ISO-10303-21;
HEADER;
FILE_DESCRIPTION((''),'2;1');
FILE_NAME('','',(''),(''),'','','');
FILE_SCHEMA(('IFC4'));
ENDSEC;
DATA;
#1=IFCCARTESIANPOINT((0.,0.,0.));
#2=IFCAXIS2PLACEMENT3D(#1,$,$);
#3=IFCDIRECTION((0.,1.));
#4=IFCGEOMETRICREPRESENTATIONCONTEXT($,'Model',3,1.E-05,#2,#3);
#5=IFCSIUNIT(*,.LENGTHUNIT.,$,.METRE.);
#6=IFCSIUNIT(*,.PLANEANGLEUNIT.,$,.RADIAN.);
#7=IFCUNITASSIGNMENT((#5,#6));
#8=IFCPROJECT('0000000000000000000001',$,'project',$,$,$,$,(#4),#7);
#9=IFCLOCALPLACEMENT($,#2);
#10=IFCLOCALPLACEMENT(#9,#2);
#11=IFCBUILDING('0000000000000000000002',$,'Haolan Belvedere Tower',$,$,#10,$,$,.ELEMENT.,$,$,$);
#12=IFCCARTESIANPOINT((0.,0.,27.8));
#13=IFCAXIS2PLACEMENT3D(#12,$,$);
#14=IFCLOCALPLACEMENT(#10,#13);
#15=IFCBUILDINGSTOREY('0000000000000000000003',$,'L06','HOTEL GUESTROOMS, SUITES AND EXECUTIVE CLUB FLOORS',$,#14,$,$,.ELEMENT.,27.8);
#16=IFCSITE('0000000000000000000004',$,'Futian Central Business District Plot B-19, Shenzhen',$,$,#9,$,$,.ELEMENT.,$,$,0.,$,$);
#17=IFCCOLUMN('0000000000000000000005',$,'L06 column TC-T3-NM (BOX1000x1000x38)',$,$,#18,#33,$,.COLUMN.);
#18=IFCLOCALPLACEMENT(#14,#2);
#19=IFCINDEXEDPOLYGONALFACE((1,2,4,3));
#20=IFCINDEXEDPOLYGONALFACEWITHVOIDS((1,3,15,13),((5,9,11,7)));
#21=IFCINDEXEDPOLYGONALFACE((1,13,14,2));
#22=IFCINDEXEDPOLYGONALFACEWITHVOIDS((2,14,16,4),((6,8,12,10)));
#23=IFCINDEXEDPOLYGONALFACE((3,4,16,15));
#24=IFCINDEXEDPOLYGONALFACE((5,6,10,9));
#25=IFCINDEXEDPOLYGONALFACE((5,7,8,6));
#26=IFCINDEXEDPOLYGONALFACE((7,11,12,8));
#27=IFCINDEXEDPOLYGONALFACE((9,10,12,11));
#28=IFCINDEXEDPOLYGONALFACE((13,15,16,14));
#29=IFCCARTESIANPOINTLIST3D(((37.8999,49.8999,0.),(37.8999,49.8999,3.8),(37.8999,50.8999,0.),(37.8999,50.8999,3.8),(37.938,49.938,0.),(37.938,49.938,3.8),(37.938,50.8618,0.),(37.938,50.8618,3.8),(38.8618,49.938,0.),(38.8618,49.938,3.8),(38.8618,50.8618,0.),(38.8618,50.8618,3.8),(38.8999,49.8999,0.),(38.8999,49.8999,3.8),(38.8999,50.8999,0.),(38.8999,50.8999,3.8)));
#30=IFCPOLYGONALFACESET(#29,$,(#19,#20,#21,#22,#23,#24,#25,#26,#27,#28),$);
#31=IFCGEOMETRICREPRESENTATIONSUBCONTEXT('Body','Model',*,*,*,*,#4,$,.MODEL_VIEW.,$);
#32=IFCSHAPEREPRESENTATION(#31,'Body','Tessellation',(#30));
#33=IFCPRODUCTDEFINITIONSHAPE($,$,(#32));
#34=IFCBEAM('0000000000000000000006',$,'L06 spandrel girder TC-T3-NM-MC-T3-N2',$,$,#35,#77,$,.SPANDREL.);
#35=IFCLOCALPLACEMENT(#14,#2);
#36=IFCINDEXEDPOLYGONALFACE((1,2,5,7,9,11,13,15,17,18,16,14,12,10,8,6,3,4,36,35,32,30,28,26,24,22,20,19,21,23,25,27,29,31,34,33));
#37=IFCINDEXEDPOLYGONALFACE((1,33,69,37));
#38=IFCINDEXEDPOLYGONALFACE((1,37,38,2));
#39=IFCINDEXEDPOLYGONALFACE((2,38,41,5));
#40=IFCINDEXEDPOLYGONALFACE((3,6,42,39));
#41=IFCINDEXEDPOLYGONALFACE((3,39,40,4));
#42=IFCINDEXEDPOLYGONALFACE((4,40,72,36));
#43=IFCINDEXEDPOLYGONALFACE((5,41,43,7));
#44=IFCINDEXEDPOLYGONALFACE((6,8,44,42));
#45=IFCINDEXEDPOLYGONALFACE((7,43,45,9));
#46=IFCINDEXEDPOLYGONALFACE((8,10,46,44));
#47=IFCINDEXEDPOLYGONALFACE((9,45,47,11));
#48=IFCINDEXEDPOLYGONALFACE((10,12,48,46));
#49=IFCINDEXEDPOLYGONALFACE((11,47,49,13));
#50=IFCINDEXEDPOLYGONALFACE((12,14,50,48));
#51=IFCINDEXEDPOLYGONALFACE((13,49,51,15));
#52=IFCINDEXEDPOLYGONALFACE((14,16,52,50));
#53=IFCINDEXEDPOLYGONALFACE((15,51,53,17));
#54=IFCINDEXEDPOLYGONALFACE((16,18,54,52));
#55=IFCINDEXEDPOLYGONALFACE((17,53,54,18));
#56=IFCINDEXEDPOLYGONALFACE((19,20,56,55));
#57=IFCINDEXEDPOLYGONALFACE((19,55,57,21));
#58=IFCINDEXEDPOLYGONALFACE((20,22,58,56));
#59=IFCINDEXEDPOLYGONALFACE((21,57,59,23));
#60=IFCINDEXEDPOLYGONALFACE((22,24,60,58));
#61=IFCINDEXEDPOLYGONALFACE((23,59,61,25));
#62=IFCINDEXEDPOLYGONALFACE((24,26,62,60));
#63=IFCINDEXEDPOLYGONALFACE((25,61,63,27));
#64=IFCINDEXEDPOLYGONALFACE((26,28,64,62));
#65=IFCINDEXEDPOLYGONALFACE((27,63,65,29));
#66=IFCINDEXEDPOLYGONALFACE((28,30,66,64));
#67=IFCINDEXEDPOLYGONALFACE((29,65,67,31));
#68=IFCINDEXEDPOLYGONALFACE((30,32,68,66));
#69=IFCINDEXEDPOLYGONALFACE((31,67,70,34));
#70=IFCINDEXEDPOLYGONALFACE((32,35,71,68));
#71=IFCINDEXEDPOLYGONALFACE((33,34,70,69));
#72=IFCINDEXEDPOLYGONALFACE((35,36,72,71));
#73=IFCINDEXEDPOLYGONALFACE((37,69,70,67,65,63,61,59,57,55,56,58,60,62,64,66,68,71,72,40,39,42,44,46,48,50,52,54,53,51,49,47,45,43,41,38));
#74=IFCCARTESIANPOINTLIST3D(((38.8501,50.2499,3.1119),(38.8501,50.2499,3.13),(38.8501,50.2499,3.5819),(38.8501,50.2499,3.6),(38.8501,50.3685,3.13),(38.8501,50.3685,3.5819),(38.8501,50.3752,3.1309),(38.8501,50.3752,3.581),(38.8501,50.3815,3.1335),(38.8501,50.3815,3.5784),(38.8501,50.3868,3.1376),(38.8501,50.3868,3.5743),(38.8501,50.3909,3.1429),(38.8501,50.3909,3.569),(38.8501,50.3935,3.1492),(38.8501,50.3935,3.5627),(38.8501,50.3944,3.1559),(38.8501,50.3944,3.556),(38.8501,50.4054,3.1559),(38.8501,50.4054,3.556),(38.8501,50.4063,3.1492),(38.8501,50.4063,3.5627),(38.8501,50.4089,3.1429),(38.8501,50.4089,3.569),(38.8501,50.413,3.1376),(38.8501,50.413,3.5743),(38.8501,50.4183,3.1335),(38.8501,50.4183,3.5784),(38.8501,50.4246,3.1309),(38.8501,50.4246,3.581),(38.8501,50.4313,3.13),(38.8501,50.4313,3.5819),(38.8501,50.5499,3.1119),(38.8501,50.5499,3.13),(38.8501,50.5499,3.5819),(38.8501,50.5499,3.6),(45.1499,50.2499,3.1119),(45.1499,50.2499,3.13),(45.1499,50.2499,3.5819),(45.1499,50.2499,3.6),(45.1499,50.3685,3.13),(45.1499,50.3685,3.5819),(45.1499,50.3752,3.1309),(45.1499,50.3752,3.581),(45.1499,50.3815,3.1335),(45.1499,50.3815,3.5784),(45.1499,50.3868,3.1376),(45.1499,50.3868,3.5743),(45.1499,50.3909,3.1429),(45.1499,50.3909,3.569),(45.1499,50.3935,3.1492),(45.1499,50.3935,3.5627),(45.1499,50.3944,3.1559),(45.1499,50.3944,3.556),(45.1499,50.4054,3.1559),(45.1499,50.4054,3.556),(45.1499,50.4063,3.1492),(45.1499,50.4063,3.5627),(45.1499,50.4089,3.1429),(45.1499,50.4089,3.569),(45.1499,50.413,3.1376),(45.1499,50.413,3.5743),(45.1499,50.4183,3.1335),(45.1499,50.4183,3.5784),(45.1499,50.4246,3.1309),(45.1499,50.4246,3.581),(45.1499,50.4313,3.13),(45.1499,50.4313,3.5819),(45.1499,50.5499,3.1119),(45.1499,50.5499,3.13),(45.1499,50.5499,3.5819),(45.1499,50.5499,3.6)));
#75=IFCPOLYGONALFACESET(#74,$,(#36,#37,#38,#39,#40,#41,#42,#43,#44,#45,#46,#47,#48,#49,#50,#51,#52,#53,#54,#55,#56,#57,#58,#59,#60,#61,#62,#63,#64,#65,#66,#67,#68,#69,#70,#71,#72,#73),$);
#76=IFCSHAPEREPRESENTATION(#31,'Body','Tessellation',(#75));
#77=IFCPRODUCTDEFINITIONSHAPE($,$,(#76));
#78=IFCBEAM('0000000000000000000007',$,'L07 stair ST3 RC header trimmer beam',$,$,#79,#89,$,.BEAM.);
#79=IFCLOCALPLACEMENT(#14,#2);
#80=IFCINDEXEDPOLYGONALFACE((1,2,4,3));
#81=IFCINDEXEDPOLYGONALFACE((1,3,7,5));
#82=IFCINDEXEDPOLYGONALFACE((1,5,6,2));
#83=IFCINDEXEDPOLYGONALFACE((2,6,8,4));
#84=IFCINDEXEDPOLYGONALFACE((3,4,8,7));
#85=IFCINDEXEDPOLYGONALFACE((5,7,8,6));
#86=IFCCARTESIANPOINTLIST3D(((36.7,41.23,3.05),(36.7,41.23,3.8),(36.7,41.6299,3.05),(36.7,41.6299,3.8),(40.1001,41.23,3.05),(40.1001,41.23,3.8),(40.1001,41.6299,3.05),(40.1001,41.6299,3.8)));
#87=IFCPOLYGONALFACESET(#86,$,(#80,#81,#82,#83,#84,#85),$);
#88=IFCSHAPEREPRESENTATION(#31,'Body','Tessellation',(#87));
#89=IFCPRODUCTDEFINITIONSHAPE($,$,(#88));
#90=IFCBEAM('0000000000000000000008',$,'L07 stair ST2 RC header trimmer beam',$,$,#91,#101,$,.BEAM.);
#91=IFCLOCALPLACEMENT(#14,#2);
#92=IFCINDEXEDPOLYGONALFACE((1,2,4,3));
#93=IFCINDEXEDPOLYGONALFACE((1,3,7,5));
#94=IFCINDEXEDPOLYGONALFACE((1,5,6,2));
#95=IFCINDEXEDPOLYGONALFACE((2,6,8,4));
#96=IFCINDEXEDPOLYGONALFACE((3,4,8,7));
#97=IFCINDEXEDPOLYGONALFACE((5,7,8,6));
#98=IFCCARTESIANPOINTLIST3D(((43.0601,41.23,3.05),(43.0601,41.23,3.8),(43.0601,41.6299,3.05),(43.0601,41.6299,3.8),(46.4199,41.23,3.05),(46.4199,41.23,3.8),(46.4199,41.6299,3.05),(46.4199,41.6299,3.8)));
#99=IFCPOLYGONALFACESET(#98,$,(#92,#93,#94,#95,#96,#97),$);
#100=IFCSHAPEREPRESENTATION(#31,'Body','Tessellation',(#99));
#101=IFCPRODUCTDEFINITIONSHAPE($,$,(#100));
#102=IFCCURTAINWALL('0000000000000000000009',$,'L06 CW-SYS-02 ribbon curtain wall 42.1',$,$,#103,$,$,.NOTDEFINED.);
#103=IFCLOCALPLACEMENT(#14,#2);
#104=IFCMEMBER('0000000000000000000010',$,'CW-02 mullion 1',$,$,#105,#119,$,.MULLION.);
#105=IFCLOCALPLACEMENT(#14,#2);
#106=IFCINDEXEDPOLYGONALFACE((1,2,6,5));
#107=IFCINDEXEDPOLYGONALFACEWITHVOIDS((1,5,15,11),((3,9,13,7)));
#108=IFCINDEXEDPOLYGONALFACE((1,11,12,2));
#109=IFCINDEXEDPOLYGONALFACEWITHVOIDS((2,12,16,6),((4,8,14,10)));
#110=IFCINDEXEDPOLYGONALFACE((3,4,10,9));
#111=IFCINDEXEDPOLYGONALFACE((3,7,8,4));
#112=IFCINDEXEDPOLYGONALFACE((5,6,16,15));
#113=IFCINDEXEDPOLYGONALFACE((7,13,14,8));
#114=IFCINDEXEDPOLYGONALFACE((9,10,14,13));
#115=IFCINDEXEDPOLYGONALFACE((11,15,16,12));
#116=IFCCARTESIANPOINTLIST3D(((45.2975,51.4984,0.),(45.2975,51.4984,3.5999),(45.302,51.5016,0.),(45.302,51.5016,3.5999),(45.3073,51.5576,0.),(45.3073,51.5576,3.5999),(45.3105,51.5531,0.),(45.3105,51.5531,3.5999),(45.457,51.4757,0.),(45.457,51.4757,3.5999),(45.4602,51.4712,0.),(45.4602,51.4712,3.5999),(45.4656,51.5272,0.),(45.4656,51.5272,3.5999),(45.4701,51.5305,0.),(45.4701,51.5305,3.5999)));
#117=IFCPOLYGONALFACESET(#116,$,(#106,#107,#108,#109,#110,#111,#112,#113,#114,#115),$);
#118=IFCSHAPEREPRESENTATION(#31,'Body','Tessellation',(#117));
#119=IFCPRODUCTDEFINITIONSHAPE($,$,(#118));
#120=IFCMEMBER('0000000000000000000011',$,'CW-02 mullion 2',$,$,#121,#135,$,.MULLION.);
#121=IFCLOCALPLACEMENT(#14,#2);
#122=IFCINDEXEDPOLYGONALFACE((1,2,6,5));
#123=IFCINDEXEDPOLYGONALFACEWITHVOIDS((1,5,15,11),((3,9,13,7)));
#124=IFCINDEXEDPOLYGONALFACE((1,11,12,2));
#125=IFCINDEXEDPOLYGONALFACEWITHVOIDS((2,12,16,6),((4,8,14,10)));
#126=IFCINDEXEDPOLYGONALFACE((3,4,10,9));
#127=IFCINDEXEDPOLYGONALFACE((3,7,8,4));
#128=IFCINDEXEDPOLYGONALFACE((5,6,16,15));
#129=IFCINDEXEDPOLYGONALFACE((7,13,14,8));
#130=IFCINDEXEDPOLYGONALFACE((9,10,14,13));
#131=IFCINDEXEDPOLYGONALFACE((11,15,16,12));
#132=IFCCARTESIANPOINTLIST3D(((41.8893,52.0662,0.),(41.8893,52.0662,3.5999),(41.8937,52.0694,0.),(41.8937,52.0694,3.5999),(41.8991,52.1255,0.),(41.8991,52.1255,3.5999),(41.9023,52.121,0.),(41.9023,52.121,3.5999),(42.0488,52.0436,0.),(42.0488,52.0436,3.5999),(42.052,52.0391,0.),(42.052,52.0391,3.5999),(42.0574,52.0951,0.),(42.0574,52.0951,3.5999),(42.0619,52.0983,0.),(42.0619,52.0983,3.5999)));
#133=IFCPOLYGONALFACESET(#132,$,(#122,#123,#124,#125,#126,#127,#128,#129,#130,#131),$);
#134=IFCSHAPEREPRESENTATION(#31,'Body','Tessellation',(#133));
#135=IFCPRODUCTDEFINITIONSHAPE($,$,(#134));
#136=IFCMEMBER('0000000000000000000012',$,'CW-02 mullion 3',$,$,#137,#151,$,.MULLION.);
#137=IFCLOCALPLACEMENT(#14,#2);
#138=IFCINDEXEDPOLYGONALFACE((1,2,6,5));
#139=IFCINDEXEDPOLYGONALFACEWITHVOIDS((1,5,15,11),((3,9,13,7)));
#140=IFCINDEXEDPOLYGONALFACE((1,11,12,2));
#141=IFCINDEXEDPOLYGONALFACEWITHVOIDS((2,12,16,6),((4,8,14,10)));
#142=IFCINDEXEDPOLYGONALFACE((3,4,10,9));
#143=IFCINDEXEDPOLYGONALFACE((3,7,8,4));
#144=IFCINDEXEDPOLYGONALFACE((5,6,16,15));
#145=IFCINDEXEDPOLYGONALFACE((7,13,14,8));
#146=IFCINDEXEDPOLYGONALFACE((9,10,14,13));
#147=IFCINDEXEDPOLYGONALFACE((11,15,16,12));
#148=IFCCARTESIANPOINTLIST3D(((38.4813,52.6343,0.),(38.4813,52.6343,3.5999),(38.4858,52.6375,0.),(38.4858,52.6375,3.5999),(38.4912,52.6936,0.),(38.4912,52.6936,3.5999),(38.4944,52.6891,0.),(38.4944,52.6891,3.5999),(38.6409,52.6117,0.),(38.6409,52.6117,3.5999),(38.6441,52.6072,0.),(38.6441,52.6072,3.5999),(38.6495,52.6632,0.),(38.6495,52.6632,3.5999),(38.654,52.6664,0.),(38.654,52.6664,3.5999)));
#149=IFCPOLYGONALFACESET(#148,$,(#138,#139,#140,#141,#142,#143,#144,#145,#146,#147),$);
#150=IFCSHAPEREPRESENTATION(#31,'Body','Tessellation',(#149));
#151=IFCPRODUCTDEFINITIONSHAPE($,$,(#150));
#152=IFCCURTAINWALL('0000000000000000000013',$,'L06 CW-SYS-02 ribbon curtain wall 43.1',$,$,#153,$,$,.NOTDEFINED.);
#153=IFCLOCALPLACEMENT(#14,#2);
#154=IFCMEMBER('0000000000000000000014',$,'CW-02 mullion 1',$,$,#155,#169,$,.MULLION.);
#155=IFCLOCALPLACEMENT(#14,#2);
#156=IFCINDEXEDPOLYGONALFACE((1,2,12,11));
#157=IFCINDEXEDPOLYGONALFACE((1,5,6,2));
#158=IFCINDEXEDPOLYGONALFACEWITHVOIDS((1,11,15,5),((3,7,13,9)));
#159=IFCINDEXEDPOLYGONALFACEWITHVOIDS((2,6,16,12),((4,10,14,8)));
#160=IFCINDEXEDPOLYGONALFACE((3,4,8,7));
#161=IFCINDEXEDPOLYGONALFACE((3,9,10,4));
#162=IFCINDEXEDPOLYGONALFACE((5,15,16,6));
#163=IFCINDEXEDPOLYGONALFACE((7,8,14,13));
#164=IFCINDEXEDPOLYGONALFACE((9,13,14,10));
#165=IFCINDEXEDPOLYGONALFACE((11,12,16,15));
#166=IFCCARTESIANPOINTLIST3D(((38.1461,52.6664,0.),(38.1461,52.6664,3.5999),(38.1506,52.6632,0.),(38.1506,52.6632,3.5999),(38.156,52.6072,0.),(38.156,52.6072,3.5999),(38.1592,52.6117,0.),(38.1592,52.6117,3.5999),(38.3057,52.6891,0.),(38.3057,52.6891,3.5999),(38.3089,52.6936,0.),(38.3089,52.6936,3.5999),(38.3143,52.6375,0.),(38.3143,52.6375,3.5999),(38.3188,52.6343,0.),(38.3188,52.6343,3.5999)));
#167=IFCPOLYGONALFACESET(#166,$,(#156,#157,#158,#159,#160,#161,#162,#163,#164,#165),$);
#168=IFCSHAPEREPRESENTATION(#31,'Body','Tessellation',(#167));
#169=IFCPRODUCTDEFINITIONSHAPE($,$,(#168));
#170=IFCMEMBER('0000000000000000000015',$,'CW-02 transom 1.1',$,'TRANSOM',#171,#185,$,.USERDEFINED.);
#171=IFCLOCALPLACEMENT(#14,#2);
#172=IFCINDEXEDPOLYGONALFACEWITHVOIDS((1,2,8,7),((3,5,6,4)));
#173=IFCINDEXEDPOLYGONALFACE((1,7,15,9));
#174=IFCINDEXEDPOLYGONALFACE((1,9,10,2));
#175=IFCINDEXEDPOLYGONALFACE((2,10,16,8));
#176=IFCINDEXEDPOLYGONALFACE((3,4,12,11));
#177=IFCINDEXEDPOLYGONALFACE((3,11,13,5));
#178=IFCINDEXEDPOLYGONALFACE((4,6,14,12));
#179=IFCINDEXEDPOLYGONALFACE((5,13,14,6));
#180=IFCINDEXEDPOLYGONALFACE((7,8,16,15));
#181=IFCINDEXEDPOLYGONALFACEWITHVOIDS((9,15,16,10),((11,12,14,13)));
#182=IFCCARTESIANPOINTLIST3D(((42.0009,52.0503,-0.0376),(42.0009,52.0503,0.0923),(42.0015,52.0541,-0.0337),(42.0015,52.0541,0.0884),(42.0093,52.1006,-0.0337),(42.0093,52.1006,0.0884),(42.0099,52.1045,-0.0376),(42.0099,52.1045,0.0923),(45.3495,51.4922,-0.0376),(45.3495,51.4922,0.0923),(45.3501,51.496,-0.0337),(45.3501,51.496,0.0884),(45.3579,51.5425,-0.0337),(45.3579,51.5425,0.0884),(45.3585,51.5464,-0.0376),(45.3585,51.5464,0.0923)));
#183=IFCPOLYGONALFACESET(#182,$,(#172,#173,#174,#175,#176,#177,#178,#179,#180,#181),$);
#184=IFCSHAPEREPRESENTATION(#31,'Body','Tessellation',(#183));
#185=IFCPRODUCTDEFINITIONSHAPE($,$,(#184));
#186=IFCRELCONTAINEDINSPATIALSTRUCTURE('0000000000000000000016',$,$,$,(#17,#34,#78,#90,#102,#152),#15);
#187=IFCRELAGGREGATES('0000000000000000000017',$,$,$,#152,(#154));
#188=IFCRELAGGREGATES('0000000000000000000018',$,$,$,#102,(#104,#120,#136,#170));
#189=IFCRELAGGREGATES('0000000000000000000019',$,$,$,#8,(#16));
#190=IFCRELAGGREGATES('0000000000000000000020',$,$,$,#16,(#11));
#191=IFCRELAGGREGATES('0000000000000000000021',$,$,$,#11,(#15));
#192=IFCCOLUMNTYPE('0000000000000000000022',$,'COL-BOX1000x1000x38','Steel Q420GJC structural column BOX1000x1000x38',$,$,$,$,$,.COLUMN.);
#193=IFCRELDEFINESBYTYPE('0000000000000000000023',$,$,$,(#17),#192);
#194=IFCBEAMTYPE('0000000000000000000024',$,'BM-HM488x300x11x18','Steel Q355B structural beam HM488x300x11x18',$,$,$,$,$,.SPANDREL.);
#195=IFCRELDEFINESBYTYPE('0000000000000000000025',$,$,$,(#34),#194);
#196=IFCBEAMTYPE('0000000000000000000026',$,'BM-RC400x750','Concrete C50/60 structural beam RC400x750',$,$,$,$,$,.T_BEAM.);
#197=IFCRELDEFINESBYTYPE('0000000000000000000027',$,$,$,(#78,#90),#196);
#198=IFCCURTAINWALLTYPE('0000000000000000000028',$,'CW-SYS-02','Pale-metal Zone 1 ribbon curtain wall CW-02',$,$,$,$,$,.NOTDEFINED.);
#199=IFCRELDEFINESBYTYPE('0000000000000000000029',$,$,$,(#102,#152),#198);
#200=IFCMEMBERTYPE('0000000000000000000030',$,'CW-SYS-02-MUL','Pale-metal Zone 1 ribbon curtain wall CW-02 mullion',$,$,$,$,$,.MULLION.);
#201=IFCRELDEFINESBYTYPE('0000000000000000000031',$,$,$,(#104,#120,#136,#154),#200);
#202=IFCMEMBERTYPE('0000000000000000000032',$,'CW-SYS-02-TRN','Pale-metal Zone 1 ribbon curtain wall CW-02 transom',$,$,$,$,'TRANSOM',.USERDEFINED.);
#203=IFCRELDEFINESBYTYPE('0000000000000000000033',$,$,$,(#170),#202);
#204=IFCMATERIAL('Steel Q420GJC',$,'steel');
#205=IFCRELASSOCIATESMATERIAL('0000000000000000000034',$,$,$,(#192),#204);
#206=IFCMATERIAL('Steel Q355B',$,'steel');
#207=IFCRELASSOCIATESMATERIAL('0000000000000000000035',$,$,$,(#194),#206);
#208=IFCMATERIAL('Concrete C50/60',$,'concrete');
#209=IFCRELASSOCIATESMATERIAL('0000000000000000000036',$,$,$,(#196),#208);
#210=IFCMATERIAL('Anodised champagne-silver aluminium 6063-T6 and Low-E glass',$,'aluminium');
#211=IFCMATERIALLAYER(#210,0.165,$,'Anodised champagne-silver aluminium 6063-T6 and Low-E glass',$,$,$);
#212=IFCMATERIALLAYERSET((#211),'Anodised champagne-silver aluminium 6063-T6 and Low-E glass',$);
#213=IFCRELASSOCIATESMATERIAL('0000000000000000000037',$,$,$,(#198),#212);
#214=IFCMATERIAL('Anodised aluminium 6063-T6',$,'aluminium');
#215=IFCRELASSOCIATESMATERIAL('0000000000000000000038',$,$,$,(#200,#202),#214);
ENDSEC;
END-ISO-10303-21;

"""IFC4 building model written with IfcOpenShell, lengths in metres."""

from ifc_helpers import new_model, si_unit, direction, frame, origin, origin_2d, place, context, subcontext, project, spatial, rectangle, hollow_rectangle, i_section, extrude, material, layer, layer_set, material_profile, profile_set, type_object, element, aggregate, save


model = new_model("IFC4")

# Units and contexts
model_context = context("Model", 3, precision=1e-05, world=origin(), true_north=direction((0.0, 1.0)))
body_context = subcontext(model_context, "Body", "Model", "MODEL_VIEW")
ifc_project = project(units=[si_unit("LENGTHUNIT", "METRE"), si_unit("PLANEANGLEUNIT", "RADIAN")], contexts=[model_context])

# Site, building, storey
site_placement = place(None, origin())
site = spatial("IfcSite", under=ifc_project, at=site_placement, Name="Futian Central Business District Plot B-19, Shenzhen", CompositionType="ELEMENT", RefElevation=0.0)
building_placement = place(site_placement, origin())
building = spatial("IfcBuilding", under=site, at=building_placement, Name="Haolan Belvedere Tower", CompositionType="ELEMENT")
storey_placement = place(building_placement, frame((0.0, 0.0, 27.8)))
storey = spatial("IfcBuildingStorey", under=building, at=storey_placement, Name="L06", Description="HOTEL GUESTROOMS, SUITES AND EXECUTIVE CLUB FLOORS", CompositionType="ELEMENT", Elevation=27.8)

# Column
ifc_material_1 = material(Name="Steel Q420GJC", Category="steel")
ifc_material_profile_1 = material_profile(ifc_material_1, hollow_rectangle(XDim=1.0, YDim=1.0, WallThickness=0.0381, at=origin_2d()), Name="Steel Q420GJC")
ifc_profile_set_1 = profile_set([ifc_material_profile_1], Name="Steel Q420GJC")
column_type = type_object("IfcColumnType", Name="COL-BOX1000x1000x38", Description="Steel Q420GJC structural column BOX1000x1000x38", PredefinedType="COLUMN", material=ifc_profile_set_1)
column_placement = place(storey_placement, frame((38.3999, 50.3999, 0.0), z_axis=(0.0, 0.0, 1.0), x_axis=(1.0, 0.0, 0.0)))
element("IfcColumn", 1, at=column_placement, inside=storey, type_object=column_type, Name="L06 column TC-T3-NM (BOX1000x1000x38)", PredefinedType="COLUMN", context=body_context, shape_type="SweptSolid", body=[
    extrude(hollow_rectangle(XDim=1.0, YDim=1.0, WallThickness=0.0381, at=origin_2d()), origin(), (0.0, 0.0, 1.0), 3.8),
])

# Beams
ifc_material_2 = material(Name="Steel Q355B", Category="steel")
ifc_material_profile_2 = material_profile(ifc_material_2, i_section(OverallWidth=0.3, OverallDepth=0.488, WebThickness=0.011, FlangeThickness=0.0181, FilletRadius=0.0259, at=origin_2d()), Name="Steel Q355B")
ifc_profile_set_2 = profile_set([ifc_material_profile_2], Name="Steel Q355B")
beam_type_1 = type_object("IfcBeamType", Name="BM-HM488x300x11x18", Description="Steel Q355B structural beam HM488x300x11x18", PredefinedType="SPANDREL", material=ifc_profile_set_2)
beam_1_placement = place(storey_placement, frame((38.8501, 50.3999, 3.356), z_axis=(1.0, 0.0, 0.0), x_axis=(0.0, 1.0, 0.0)))
element("IfcBeam", 2, at=beam_1_placement, inside=storey, type_object=beam_type_1, Name="L06 spandrel girder TC-T3-NM-MC-T3-N2", PredefinedType="SPANDREL", context=body_context, shape_type="SweptSolid", body=[
    extrude(i_section(OverallWidth=0.3, OverallDepth=0.488, WebThickness=0.011, FlangeThickness=0.0181, FilletRadius=0.0259, at=origin_2d()), origin(), (0.0, 0.0, 1.0), 6.2998),
])
ifc_material_3 = material(Name="Concrete C50/60", Category="concrete")
ifc_material_profile_3 = material_profile(ifc_material_3, rectangle(XDim=0.3999, YDim=0.75, at=origin_2d()), Name="Concrete C50/60")
ifc_profile_set_3 = profile_set([ifc_material_profile_3], Name="Concrete C50/60")
beam_type_2 = type_object("IfcBeamType", Name="BM-RC400x750", Description="Concrete C50/60 structural beam RC400x750", PredefinedType="T_BEAM", material=ifc_profile_set_3)
beam_2_placement = place(storey_placement, frame((36.7, 41.4299, 3.425), z_axis=(1.0, 0.0, 0.0), x_axis=(0.0, 1.0, 0.0)))
element("IfcBeam", 3, at=beam_2_placement, inside=storey, type_object=beam_type_2, Name="L07 stair ST3 RC header trimmer beam", PredefinedType="BEAM", context=body_context, shape_type="SweptSolid", body=[
    extrude(rectangle(XDim=0.3999, YDim=0.75, at=origin_2d()), origin(), (0.0, 0.0, 1.0), 3.4001),
])
beam_3_placement = place(storey_placement, frame((43.0601, 41.4299, 3.425), z_axis=(1.0, 0.0, 0.0), x_axis=(0.0, 1.0, 0.0)))
element("IfcBeam", 4, at=beam_3_placement, inside=storey, type_object=beam_type_2, Name="L07 stair ST2 RC header trimmer beam", PredefinedType="BEAM", context=body_context, shape_type="SweptSolid", body=[
    extrude(rectangle(XDim=0.3999, YDim=0.75, at=origin_2d()), origin(), (0.0, 0.0, 1.0), 3.3599),
])

# Curtain wall, members
ifc_material_4 = material(Name="Anodised champagne-silver aluminium 6063-T6 and Low-E glass", Category="aluminium")
ifc_layer_1 = layer(ifc_material_4, 0.165, Name="Anodised champagne-silver aluminium 6063-T6 and Low-E glass")
ifc_layer_set_1 = layer_set([ifc_layer_1], Name="Anodised champagne-silver aluminium 6063-T6 and Low-E glass")
curtain_wall_type = type_object("IfcCurtainWallType", Name="CW-SYS-02", Description="Pale-metal Zone 1 ribbon curtain wall CW-02", PredefinedType="NOTDEFINED", material=ifc_layer_set_1)
curtain_wall_1_placement = place(storey_placement, origin())
curtain_wall_1 = element("IfcCurtainWall", 5, at=curtain_wall_1_placement, inside=storey, type_object=curtain_wall_type, Name="L06 CW-SYS-02 ribbon curtain wall 42.1", PredefinedType="NOTDEFINED")
ifc_material_5 = material(Name="Anodised aluminium 6063-T6", Category="aluminium")
ifc_material_profile_4 = material_profile(ifc_material_5, hollow_rectangle(XDim=0.0601, YDim=0.165, WallThickness=0.0039, at=origin_2d()), Name="Anodised aluminium 6063-T6")
ifc_profile_set_4 = profile_set([ifc_material_profile_4], Name="Anodised aluminium 6063-T6")
member_type_1 = type_object("IfcMemberType", Name="CW-SYS-02-MUL", Description="Pale-metal Zone 1 ribbon curtain wall CW-02 mullion", PredefinedType="MULLION", material=ifc_profile_set_4)
member_1_placement = place(storey_placement, frame((45.3838, 51.5144, 0.0), z_axis=(0.0, 0.0, 1.0), x_axis=(-0.164404, -0.986393, 0.0)))
member_1 = element("IfcMember", 6, at=member_1_placement, type_object=member_type_1, Name="CW-02 mullion 1", PredefinedType="MULLION", context=body_context, shape_type="SweptSolid", body=[
    extrude(hollow_rectangle(XDim=0.0601, YDim=0.165, WallThickness=0.0039, at=origin_2d()), origin(), (0.0, 0.0, 1.0), 3.5999),
])
member_2_placement = place(storey_placement, frame((41.9756, 52.0823, 0.0), z_axis=(0.0, 0.0, 1.0), x_axis=(-0.164404, -0.986393, 0.0)))
member_2 = element("IfcMember", 7, at=member_2_placement, type_object=member_type_1, Name="CW-02 mullion 2", PredefinedType="MULLION", context=body_context, shape_type="SweptSolid", body=[
    extrude(hollow_rectangle(XDim=0.0601, YDim=0.165, WallThickness=0.0039, at=origin_2d()), origin(), (0.0, 0.0, 1.0), 3.5999),
])
member_3_placement = place(storey_placement, frame((38.5676, 52.6504, 0.0), z_axis=(0.0, 0.0, 1.0), x_axis=(-0.164404, -0.986393, 0.0)))
member_3 = element("IfcMember", 8, at=member_3_placement, type_object=member_type_1, Name="CW-02 mullion 3", PredefinedType="MULLION", context=body_context, shape_type="SweptSolid", body=[
    extrude(hollow_rectangle(XDim=0.0601, YDim=0.165, WallThickness=0.0039, at=origin_2d()), origin(), (0.0, 0.0, 1.0), 3.5999),
])

# Curtain wall, member
curtain_wall_2_placement = place(storey_placement, origin())
curtain_wall_2 = element("IfcCurtainWall", 9, at=curtain_wall_2_placement, inside=storey, type_object=curtain_wall_type, Name="L06 CW-SYS-02 ribbon curtain wall 43.1", PredefinedType="NOTDEFINED")
member_4_placement = place(storey_placement, frame((38.2324, 52.6504, 0.0), z_axis=(0.0, 0.0, 1.0), x_axis=(0.164404, -0.986393, 0.0)))
member_4 = element("IfcMember", 10, at=member_4_placement, type_object=member_type_1, Name="CW-02 mullion 1", PredefinedType="MULLION", context=body_context, shape_type="SweptSolid", body=[
    extrude(hollow_rectangle(XDim=0.0601, YDim=0.165, WallThickness=0.0039, at=origin_2d()), origin(), (0.0, 0.0, 1.0), 3.5999),
])

# Member
ifc_material_profile_5 = material_profile(ifc_material_5, hollow_rectangle(XDim=0.0549, YDim=0.1299, WallThickness=0.0039, at=origin_2d()), Name="Anodised aluminium 6063-T6")
ifc_profile_set_5 = profile_set([ifc_material_profile_5], Name="Anodised aluminium 6063-T6")
member_type_2 = type_object("IfcMemberType", Name="CW-SYS-02-TRN", Description="Pale-metal Zone 1 ribbon curtain wall CW-02 transom", ElementType="TRANSOM", PredefinedType="USERDEFINED", material=ifc_profile_set_5)
member_5_placement = place(storey_placement, frame((45.354, 51.5193, 0.0273), z_axis=(-0.986394, 0.164399, 0.0), x_axis=(-0.164399, -0.986394, 0.0)))
member_5 = element("IfcMember", 11, at=member_5_placement, type_object=member_type_2, Name="CW-02 transom 1.1", ObjectType="TRANSOM", PredefinedType="USERDEFINED", context=body_context, shape_type="SweptSolid", body=[
    extrude(hollow_rectangle(XDim=0.0549, YDim=0.1299, WallThickness=0.0039, at=origin_2d()), origin(), (0.0, 0.0, 1.0), 3.3948),
])
aggregate(curtain_wall_2, [member_4])

aggregate(curtain_wall_1, [member_1, member_2, member_3, member_5])

save(model, "model.ifc")
